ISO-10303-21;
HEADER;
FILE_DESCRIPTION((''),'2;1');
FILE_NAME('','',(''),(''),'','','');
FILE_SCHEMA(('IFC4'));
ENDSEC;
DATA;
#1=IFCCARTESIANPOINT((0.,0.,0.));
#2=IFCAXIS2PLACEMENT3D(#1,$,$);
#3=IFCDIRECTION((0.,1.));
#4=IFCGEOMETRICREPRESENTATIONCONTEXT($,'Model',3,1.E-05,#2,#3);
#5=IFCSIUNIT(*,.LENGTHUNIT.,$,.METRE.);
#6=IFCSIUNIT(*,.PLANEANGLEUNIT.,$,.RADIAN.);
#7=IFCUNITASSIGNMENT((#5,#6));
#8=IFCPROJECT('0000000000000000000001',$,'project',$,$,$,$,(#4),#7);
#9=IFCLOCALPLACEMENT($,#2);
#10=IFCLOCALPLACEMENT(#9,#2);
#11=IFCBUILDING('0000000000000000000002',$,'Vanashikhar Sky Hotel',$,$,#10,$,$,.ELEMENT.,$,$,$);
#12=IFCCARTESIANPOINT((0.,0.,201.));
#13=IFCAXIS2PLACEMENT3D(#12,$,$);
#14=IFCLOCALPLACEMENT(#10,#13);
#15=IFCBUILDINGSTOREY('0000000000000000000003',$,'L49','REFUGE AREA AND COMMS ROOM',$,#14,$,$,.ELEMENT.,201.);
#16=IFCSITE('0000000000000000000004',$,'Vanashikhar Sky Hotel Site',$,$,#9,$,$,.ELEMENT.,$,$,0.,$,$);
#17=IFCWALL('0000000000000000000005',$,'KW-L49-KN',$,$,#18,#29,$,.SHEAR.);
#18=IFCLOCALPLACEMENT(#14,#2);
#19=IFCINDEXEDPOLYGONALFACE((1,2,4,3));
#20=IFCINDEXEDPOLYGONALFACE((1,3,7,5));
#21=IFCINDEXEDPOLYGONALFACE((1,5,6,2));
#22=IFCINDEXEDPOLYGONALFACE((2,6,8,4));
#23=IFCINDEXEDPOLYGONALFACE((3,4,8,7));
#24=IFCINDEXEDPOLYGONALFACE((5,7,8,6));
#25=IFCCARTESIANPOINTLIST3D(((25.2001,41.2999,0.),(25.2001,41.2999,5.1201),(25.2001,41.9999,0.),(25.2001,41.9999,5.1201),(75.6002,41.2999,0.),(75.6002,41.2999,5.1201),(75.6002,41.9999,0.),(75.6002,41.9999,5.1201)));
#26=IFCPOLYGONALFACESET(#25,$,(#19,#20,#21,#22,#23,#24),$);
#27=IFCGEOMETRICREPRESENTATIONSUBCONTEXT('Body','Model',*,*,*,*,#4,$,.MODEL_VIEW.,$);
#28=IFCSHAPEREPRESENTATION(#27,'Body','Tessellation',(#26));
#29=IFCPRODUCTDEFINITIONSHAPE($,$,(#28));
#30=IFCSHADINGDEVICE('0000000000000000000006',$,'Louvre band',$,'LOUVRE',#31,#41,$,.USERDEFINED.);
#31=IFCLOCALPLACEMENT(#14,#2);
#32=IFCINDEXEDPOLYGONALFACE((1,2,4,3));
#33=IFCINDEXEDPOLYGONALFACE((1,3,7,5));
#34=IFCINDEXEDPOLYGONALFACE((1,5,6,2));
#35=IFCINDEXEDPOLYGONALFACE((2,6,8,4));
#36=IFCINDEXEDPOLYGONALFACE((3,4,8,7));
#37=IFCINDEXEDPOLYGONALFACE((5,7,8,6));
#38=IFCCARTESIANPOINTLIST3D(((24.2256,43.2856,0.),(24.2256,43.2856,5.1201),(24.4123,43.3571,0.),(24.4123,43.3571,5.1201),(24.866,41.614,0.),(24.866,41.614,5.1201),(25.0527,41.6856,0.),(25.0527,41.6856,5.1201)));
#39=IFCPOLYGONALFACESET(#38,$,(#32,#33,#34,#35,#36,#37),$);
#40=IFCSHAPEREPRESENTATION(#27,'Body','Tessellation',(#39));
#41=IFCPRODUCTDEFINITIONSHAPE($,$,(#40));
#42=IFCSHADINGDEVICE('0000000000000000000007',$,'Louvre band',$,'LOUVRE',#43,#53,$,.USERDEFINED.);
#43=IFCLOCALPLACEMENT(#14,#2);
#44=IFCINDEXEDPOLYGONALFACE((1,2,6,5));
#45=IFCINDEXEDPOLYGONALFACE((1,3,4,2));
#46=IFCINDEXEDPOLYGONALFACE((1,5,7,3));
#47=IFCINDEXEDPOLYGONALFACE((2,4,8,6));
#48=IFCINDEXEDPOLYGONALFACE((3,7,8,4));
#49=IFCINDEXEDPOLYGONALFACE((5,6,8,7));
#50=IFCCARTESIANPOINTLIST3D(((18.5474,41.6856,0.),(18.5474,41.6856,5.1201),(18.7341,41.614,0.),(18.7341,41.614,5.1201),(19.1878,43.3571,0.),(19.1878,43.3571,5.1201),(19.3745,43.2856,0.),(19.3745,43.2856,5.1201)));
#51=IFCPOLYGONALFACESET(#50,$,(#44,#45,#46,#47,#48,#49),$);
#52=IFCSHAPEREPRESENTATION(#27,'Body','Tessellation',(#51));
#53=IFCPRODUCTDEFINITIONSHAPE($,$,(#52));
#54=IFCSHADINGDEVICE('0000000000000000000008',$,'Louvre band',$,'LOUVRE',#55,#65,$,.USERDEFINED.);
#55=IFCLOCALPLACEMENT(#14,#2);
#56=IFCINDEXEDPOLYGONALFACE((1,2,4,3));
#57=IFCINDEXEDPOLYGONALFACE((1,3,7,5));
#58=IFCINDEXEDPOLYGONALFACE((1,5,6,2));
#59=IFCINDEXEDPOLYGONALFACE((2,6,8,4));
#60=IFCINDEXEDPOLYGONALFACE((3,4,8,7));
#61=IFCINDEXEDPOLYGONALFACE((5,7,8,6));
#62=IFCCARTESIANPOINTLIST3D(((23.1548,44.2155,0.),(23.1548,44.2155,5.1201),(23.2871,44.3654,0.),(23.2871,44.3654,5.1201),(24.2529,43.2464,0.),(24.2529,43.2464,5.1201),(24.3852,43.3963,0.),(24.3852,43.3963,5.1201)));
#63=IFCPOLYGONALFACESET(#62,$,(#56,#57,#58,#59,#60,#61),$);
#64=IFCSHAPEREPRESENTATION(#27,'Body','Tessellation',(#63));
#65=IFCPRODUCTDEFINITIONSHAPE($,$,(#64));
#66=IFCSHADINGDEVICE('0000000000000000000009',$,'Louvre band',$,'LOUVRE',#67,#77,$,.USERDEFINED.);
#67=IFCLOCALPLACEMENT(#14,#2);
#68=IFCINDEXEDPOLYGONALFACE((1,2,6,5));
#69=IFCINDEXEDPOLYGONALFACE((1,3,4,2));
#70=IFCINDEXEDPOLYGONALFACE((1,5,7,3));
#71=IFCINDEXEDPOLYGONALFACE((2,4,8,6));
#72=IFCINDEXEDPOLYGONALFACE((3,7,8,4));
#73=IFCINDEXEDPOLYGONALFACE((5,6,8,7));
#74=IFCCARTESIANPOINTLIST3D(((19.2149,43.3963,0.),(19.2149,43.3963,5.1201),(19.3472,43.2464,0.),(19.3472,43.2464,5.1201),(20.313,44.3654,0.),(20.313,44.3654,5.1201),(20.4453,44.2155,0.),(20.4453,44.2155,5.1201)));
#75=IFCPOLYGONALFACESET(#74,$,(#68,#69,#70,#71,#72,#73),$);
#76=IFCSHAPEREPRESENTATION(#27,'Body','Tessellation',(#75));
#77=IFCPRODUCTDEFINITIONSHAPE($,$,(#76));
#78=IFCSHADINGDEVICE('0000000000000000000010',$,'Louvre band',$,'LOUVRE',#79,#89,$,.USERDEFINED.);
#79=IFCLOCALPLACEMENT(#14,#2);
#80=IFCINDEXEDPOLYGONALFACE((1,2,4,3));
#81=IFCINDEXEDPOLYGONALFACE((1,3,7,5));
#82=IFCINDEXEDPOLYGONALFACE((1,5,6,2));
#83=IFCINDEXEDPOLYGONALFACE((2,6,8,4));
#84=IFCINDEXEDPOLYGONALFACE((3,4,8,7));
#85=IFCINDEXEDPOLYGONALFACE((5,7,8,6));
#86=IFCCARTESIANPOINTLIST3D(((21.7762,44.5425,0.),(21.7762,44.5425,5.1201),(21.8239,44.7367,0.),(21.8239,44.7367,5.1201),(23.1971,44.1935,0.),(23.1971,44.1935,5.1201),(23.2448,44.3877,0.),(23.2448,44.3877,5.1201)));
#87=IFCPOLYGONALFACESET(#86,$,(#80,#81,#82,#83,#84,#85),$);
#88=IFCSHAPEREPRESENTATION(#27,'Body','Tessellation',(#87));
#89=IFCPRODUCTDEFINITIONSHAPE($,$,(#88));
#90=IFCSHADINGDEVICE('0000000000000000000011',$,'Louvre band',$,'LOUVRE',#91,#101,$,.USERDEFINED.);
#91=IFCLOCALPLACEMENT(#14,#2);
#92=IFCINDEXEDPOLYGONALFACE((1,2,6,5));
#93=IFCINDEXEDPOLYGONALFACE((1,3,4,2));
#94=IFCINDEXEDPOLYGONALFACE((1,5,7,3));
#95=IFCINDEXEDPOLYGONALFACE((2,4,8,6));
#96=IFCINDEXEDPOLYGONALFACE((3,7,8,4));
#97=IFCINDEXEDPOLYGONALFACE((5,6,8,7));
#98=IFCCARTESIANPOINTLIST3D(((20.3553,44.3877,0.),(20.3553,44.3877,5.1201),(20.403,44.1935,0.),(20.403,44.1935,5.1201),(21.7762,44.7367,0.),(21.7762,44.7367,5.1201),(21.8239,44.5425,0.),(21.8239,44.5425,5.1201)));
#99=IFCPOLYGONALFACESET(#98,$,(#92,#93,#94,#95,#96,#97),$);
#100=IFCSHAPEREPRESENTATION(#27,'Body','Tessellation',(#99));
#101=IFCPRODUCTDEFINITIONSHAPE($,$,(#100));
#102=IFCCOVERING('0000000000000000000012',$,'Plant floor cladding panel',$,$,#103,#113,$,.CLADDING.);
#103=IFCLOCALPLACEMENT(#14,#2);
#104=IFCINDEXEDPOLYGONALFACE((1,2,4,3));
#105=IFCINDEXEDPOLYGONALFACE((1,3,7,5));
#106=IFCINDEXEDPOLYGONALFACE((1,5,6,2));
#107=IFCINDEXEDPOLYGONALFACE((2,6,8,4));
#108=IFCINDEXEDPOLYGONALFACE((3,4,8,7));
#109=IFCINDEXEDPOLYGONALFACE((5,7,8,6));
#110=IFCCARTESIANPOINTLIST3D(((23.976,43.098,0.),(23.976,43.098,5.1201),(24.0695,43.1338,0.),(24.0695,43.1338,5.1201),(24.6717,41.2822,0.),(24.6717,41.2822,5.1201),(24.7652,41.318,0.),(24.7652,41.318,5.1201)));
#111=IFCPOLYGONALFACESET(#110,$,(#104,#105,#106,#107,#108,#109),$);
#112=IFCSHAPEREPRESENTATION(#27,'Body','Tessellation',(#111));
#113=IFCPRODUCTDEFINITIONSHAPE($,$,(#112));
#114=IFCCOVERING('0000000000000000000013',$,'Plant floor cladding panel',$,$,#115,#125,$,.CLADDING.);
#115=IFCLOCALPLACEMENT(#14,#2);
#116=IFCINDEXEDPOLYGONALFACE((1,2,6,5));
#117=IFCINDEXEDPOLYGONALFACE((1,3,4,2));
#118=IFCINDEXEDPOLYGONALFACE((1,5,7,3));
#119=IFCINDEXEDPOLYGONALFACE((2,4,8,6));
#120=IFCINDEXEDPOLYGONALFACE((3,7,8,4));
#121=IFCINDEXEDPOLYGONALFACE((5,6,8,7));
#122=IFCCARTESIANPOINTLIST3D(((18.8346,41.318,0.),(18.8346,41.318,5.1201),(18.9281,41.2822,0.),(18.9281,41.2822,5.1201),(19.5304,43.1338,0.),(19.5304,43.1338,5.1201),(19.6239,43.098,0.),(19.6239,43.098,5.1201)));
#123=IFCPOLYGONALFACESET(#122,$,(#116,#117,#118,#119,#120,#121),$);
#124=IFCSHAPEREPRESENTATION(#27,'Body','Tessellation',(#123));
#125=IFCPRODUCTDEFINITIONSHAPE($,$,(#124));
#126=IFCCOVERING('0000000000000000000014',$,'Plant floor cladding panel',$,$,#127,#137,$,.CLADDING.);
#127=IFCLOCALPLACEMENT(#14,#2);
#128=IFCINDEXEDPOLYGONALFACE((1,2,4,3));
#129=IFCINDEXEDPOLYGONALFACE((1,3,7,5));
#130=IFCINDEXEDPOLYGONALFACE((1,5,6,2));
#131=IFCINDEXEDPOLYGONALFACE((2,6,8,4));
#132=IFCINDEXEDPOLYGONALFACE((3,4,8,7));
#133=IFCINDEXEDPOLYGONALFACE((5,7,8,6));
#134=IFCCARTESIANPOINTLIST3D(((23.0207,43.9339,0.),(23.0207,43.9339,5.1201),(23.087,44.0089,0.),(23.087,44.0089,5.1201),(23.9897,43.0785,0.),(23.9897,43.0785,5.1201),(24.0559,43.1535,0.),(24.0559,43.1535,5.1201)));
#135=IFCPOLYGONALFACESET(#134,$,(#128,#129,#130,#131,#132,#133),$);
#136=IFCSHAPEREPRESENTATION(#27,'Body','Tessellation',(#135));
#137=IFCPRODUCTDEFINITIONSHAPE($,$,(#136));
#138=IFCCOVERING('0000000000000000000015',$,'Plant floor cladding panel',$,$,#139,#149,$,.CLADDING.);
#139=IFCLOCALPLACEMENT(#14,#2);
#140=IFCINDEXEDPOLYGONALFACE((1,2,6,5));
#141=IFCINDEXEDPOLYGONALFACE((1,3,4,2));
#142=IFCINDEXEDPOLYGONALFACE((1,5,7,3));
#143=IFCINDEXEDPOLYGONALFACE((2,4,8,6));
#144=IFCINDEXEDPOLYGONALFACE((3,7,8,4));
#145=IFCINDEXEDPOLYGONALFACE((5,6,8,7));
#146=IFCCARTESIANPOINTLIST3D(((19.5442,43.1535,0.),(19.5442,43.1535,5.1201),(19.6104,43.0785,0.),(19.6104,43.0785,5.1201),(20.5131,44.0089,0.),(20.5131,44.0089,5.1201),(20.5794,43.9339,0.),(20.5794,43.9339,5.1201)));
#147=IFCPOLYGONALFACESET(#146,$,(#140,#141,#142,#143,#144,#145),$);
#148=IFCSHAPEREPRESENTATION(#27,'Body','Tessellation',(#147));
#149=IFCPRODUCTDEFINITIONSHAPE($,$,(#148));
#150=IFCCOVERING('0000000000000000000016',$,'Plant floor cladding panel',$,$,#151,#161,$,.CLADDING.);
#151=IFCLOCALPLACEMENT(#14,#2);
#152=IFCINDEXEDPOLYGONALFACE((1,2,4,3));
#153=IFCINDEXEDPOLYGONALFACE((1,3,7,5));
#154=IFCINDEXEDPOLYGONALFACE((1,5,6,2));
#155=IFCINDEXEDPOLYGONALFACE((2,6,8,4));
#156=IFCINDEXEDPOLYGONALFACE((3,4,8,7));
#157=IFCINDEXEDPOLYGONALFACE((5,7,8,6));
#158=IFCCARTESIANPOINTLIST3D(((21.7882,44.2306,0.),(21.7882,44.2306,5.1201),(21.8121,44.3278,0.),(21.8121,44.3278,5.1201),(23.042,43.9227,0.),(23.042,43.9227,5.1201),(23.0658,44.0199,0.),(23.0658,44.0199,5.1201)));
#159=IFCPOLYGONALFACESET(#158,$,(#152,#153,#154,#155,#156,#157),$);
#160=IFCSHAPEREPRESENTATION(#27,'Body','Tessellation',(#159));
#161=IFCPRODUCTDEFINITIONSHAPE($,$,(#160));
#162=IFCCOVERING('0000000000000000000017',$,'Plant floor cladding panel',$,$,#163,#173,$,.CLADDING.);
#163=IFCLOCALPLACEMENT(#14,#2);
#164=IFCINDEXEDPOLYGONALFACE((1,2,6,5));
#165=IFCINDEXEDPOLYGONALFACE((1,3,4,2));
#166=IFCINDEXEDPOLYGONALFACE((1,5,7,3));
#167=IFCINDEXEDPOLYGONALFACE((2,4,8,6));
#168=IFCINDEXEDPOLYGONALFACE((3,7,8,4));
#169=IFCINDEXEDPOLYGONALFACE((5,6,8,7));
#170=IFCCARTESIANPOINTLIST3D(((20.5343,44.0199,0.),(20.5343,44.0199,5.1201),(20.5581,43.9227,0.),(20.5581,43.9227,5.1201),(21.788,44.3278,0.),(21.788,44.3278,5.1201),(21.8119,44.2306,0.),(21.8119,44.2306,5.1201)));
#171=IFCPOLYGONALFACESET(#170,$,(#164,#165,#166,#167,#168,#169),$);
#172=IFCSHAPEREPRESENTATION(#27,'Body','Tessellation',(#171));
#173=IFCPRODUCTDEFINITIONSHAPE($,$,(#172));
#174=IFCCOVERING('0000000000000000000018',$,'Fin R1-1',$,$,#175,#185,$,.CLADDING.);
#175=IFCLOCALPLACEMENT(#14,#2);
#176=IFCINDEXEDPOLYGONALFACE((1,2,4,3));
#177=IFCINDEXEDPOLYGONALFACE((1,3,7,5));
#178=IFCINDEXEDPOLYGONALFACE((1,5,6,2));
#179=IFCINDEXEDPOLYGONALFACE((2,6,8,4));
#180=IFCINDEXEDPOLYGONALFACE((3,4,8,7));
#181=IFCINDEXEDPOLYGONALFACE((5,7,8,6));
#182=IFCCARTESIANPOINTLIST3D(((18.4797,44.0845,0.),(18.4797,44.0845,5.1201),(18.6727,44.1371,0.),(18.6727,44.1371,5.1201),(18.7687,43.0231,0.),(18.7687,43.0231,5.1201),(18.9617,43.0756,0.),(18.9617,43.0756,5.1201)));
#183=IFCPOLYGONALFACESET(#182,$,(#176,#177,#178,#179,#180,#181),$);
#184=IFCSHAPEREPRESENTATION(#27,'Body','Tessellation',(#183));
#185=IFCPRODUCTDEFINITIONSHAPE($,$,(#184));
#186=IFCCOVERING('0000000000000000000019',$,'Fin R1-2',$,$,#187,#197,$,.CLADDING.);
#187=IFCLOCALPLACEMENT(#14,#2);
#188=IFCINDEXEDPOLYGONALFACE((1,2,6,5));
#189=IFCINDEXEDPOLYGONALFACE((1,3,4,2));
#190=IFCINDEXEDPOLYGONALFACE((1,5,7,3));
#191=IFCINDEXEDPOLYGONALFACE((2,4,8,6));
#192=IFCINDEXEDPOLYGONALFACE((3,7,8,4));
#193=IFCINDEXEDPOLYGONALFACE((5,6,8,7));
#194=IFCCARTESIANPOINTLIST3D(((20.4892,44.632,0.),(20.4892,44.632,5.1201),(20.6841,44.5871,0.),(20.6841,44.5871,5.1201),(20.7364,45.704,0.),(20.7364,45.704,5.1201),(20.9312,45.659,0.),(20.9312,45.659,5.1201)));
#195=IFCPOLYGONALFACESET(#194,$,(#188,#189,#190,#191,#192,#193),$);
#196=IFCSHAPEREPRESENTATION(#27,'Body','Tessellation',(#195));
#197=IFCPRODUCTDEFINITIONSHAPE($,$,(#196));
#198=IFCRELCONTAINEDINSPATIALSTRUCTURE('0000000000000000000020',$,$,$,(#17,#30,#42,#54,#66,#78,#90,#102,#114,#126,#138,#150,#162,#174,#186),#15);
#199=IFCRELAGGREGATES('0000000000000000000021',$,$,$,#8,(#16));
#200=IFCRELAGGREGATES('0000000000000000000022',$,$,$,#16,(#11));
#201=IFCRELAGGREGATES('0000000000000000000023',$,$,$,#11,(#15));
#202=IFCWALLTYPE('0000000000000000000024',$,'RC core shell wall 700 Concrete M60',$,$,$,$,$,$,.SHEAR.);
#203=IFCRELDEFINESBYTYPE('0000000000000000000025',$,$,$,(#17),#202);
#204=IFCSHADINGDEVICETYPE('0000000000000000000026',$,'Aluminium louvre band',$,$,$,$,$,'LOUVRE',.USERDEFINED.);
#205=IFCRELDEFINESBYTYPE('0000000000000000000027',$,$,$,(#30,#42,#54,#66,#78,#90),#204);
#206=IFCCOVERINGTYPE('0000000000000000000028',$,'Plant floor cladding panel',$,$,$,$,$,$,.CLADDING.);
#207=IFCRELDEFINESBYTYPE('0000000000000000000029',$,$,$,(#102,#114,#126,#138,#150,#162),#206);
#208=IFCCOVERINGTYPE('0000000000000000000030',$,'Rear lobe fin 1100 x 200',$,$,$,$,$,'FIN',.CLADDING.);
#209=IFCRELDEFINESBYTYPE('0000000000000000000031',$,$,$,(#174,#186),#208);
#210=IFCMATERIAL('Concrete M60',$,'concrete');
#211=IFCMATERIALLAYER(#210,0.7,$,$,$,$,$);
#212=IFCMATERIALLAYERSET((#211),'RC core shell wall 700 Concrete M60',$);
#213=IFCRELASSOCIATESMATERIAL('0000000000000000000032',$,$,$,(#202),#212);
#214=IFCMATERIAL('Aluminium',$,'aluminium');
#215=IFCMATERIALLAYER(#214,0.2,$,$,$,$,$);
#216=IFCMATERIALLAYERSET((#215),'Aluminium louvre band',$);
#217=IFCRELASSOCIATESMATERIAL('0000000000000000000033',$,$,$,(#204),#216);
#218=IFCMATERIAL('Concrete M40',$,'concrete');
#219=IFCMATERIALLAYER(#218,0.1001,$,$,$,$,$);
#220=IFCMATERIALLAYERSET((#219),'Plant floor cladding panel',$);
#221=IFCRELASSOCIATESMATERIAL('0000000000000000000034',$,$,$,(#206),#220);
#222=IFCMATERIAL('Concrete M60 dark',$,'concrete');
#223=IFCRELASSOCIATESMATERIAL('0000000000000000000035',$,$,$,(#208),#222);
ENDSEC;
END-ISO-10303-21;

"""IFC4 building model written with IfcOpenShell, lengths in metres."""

from ifc_helpers import new_model, si_unit, direction, frame, frame_2d, origin, origin_2d, place, context, subcontext, project, spatial, rectangle, extrude, source, transform, mapped, material, layer, layer_set, material_profile, profile_set, type_object, element, save


model = new_model("IFC4")

# Units and contexts
model_context = context("Model", 3, precision=1e-05, world=origin(), true_north=direction((0.0, 1.0)))
body_context = subcontext(model_context, "Body", "Model", "MODEL_VIEW")
ifc_project = project(units=[si_unit("LENGTHUNIT", "METRE"), si_unit("PLANEANGLEUNIT", "RADIAN")], contexts=[model_context])

# Site, building, storey
site_placement = place(None, origin())
site = spatial("IfcSite", under=ifc_project, at=site_placement, Name="Vanashikhar Sky Hotel Site", CompositionType="ELEMENT", RefElevation=0.0)
building_placement = place(site_placement, origin())
building = spatial("IfcBuilding", under=site, at=building_placement, Name="Vanashikhar Sky Hotel", CompositionType="ELEMENT")
storey_placement = place(building_placement, frame((0.0, 0.0, 201.0)))
storey = spatial("IfcBuildingStorey", under=building, at=storey_placement, Name="L49", Description="REFUGE AREA AND COMMS ROOM", CompositionType="ELEMENT", Elevation=201.0)

# Wall
ifc_material_1 = material(Name="Concrete M60", Category="concrete")
ifc_layer_1 = layer(ifc_material_1, 0.7)
ifc_layer_set_1 = layer_set([ifc_layer_1], Name="RC core shell wall 700 Concrete M60")
wall_type = type_object("IfcWallType", Name="RC core shell wall 700 Concrete M60", PredefinedType="SHEAR", material=ifc_layer_set_1)
shared_shape_1 = source(origin(), body_context, "Body", "SweptSolid", [
    extrude(rectangle(XDim=50.4001, YDim=0.7, at=frame_2d((25.2002, 0.0))), origin(), (0.0, 0.0, 1.0), 5.1201),
])
wall_placement = place(storey_placement, frame((25.2, 41.6499, 0.0), z_axis=(0.0, 0.0, 1.0), x_axis=(1.0, 0.0, 0.0)))
element("IfcWall", 1, at=wall_placement, inside=storey, type_object=wall_type, Name="KW-L49-KN", PredefinedType="SHEAR", context=body_context, shape_type="MappedRepresentation", body=[
    mapped(shared_shape_1, transform((0.0, 0.0, 0.0), scale=1.0)),
])

# Shading devices
ifc_material_2 = material(Name="Aluminium", Category="aluminium")
ifc_layer_2 = layer(ifc_material_2, 0.2)
ifc_layer_set_2 = layer_set([ifc_layer_2], Name="Aluminium louvre band")
shading_device_type = type_object("IfcShadingDeviceType", Name="Aluminium louvre band", ElementType="LOUVRE", PredefinedType="USERDEFINED", material=ifc_layer_set_2)
shared_shape_2 = source(origin(), body_context, "Body", "SweptSolid", [
    extrude(rectangle(XDim=1.79, YDim=0.2, at=origin_2d()), origin(), (0.0, 0.0, 1.0), 5.1201),
])
for number, where, z_axis, x_axis, name in (
    (2, (24.6392, 42.4856, 0.0), (0.0, 0.0, 1.0), (-0.357765, 0.933812, 0.0), "Louvre band"),
    (3, (18.9609, 42.4856, 0.0), (0.0, 0.0, 1.0), (-0.357765, -0.933812, 0.0), "Louvre band"),
):
    element("IfcShadingDevice", number, at=place(storey_placement, frame(where, z_axis=z_axis, x_axis=x_axis)), inside=storey, type_object=shading_device_type, Name=name, ObjectType="LOUVRE", PredefinedType="USERDEFINED", context=body_context, shape_type="MappedRepresentation", body=[
        mapped(shared_shape_2, transform((0.0, 0.0, 0.0), scale=1.0)),
    ])
shared_shape_3 = source(origin(), body_context, "Body", "SweptSolid", [
    extrude(rectangle(XDim=1.4646, YDim=0.2, at=origin_2d()), origin(), (0.0, 0.0, 1.0), 5.1201),
])
for number, where, z_axis, x_axis, name in (
    (4, (23.77, 43.8059, 0.0), (0.0, 0.0, 1.0), (-0.749742, 0.661731, 0.0), "Louvre band"),
    (5, (19.8301, 43.8059, 0.0), (0.0, 0.0, 1.0), (-0.749742, -0.661731, 0.0), "Louvre band"),
):
    element("IfcShadingDevice", number, at=place(storey_placement, frame(where, z_axis=z_axis, x_axis=x_axis)), inside=storey, type_object=shading_device_type, Name=name, ObjectType="LOUVRE", PredefinedType="USERDEFINED", context=body_context, shape_type="MappedRepresentation", body=[
        mapped(shared_shape_3, transform((0.0, 0.0, 0.0), scale=1.0)),
    ])
shared_shape_4 = source(origin(), body_context, "Body", "SweptSolid", [
    extrude(rectangle(XDim=1.4631, YDim=0.2, at=origin_2d()), origin(), (0.0, 0.0, 1.0), 5.1201),
])
for number, where, z_axis, x_axis, name in (
    (6, (22.5105, 44.4651, 0.0), (0.0, 0.0, 1.0), (-0.971134, 0.238533, 0.0), "Louvre band"),
    (7, (21.0896, 44.4651, 0.0), (0.0, 0.0, 1.0), (-0.971134, -0.238533, 0.0), "Louvre band"),
):
    element("IfcShadingDevice", number, at=place(storey_placement, frame(where, z_axis=z_axis, x_axis=x_axis)), inside=storey, type_object=shading_device_type, Name=name, ObjectType="LOUVRE", PredefinedType="USERDEFINED", context=body_context, shape_type="MappedRepresentation", body=[
        mapped(shared_shape_4, transform((0.0, 0.0, 0.0), scale=1.0)),
    ])

# Coverings
ifc_material_3 = material(Name="Concrete M40", Category="concrete")
ifc_layer_3 = layer(ifc_material_3, 0.1001)
ifc_layer_set_3 = layer_set([ifc_layer_3], Name="Plant floor cladding panel")
covering_type_1 = type_object("IfcCoveringType", Name="Plant floor cladding panel", PredefinedType="CLADDING", material=ifc_layer_set_3)
shared_shape_5 = source(origin(), body_context, "Body", "SweptSolid", [
    extrude(rectangle(XDim=1.9446, YDim=0.1001, at=origin_2d()), origin(), (0.0, 0.0, 1.0), 5.1201),
])
for number, where, z_axis, x_axis, name in (
    (8, (24.3706, 42.208, 0.0), (0.0, 0.0, 1.0), (-0.357781, 0.933805, 0.0), "Plant floor cladding panel"),
    (9, (19.2292, 42.208, 0.0), (0.0, 0.0, 1.0), (-0.357781, -0.933805, 0.0), "Plant floor cladding panel"),
):
    element("IfcCovering", number, at=place(storey_placement, frame(where, z_axis=z_axis, x_axis=x_axis)), inside=storey, type_object=covering_type_1, Name=name, PredefinedType="CLADDING", context=body_context, shape_type="MappedRepresentation", body=[
        mapped(shared_shape_5, transform((0.0, 0.0, 0.0), scale=1.0)),
    ])
shared_shape_6 = source(origin(), body_context, "Body", "SweptSolid", [
    extrude(rectangle(XDim=1.2925, YDim=0.1001, at=origin_2d()), origin(), (0.0, 0.0, 1.0), 5.1201),
])
for number, where, z_axis, x_axis, name in (
    (10, (23.5383, 43.5437, 0.0), (0.0, 0.0, 1.0), (-0.749684, 0.661796, 0.0), "Plant floor cladding panel"),
    (11, (20.0618, 43.5437, 0.0), (0.0, 0.0, 1.0), (-0.749684, -0.661796, 0.0), "Plant floor cladding panel"),
):
    element("IfcCovering", number, at=place(storey_placement, frame(where, z_axis=z_axis, x_axis=x_axis)), inside=storey, type_object=covering_type_1, Name=name, PredefinedType="CLADDING", context=body_context, shape_type="MappedRepresentation", body=[
        mapped(shared_shape_6, transform((0.0, 0.0, 0.0), scale=1.0)),
    ])
shared_shape_7 = source(origin(), body_context, "Body", "SweptSolid", [
    extrude(rectangle(XDim=1.291, YDim=0.1001, at=origin_2d()), origin(), (0.0, 0.0, 1.0), 5.1201),
])
for number, where, z_axis, x_axis, name in (
    (12, (22.427, 44.1252, 0.0), (0.0, 0.0, 1.0), (-0.971151, 0.238466, 0.0), "Plant floor cladding panel"),
    (13, (21.1731, 44.1252, 0.0), (0.0, 0.0, 1.0), (-0.971151, -0.238466, 0.0), "Plant floor cladding panel"),
):
    element("IfcCovering", number, at=place(storey_placement, frame(where, z_axis=z_axis, x_axis=x_axis)), inside=storey, type_object=covering_type_1, Name=name, PredefinedType="CLADDING", context=body_context, shape_type="MappedRepresentation", body=[
        mapped(shared_shape_7, transform((0.0, 0.0, 0.0), scale=1.0)),
    ])
ifc_material_4 = material(Name="Concrete M60 dark", Category="concrete")
ifc_material_profile_1 = material_profile(ifc_material_4, rectangle(XDim=1.1001, YDim=0.2, at=origin_2d()))
ifc_profile_set_1 = profile_set([ifc_material_profile_1], Name="Rear lobe fin 1100 x 200")
covering_type_2 = type_object("IfcCoveringType", Name="Rear lobe fin 1100 x 200", ElementType="FIN", PredefinedType="CLADDING", material=ifc_profile_set_1)
shared_shape_8 = source(origin(), body_context, "Body", "SweptSolid", [
    extrude(rectangle(XDim=1.1001, YDim=0.2, at=origin_2d()), origin(), (0.0, 0.0, 1.0), 5.1201),
])
for number, where, z_axis, x_axis, name in (
    (14, (18.7207, 43.5801, 0.0), (0.0, 0.0, 1.0), (-0.262711, 0.964874, 0.0), "Fin R1-1"),
    (15, (20.7102, 45.1455, 0.0), (0.0, 0.0, 1.0), (0.224645, 0.974441, 0.0), "Fin R1-2"),
):
    element("IfcCovering", number, at=place(storey_placement, frame(where, z_axis=z_axis, x_axis=x_axis)), inside=storey, type_object=covering_type_2, Name=name, PredefinedType="CLADDING", context=body_context, shape_type="MappedRepresentation", body=[
        mapped(shared_shape_8, transform((0.0, 0.0, 0.0), scale=1.0)),
    ])

save(model, "model.ifc")
